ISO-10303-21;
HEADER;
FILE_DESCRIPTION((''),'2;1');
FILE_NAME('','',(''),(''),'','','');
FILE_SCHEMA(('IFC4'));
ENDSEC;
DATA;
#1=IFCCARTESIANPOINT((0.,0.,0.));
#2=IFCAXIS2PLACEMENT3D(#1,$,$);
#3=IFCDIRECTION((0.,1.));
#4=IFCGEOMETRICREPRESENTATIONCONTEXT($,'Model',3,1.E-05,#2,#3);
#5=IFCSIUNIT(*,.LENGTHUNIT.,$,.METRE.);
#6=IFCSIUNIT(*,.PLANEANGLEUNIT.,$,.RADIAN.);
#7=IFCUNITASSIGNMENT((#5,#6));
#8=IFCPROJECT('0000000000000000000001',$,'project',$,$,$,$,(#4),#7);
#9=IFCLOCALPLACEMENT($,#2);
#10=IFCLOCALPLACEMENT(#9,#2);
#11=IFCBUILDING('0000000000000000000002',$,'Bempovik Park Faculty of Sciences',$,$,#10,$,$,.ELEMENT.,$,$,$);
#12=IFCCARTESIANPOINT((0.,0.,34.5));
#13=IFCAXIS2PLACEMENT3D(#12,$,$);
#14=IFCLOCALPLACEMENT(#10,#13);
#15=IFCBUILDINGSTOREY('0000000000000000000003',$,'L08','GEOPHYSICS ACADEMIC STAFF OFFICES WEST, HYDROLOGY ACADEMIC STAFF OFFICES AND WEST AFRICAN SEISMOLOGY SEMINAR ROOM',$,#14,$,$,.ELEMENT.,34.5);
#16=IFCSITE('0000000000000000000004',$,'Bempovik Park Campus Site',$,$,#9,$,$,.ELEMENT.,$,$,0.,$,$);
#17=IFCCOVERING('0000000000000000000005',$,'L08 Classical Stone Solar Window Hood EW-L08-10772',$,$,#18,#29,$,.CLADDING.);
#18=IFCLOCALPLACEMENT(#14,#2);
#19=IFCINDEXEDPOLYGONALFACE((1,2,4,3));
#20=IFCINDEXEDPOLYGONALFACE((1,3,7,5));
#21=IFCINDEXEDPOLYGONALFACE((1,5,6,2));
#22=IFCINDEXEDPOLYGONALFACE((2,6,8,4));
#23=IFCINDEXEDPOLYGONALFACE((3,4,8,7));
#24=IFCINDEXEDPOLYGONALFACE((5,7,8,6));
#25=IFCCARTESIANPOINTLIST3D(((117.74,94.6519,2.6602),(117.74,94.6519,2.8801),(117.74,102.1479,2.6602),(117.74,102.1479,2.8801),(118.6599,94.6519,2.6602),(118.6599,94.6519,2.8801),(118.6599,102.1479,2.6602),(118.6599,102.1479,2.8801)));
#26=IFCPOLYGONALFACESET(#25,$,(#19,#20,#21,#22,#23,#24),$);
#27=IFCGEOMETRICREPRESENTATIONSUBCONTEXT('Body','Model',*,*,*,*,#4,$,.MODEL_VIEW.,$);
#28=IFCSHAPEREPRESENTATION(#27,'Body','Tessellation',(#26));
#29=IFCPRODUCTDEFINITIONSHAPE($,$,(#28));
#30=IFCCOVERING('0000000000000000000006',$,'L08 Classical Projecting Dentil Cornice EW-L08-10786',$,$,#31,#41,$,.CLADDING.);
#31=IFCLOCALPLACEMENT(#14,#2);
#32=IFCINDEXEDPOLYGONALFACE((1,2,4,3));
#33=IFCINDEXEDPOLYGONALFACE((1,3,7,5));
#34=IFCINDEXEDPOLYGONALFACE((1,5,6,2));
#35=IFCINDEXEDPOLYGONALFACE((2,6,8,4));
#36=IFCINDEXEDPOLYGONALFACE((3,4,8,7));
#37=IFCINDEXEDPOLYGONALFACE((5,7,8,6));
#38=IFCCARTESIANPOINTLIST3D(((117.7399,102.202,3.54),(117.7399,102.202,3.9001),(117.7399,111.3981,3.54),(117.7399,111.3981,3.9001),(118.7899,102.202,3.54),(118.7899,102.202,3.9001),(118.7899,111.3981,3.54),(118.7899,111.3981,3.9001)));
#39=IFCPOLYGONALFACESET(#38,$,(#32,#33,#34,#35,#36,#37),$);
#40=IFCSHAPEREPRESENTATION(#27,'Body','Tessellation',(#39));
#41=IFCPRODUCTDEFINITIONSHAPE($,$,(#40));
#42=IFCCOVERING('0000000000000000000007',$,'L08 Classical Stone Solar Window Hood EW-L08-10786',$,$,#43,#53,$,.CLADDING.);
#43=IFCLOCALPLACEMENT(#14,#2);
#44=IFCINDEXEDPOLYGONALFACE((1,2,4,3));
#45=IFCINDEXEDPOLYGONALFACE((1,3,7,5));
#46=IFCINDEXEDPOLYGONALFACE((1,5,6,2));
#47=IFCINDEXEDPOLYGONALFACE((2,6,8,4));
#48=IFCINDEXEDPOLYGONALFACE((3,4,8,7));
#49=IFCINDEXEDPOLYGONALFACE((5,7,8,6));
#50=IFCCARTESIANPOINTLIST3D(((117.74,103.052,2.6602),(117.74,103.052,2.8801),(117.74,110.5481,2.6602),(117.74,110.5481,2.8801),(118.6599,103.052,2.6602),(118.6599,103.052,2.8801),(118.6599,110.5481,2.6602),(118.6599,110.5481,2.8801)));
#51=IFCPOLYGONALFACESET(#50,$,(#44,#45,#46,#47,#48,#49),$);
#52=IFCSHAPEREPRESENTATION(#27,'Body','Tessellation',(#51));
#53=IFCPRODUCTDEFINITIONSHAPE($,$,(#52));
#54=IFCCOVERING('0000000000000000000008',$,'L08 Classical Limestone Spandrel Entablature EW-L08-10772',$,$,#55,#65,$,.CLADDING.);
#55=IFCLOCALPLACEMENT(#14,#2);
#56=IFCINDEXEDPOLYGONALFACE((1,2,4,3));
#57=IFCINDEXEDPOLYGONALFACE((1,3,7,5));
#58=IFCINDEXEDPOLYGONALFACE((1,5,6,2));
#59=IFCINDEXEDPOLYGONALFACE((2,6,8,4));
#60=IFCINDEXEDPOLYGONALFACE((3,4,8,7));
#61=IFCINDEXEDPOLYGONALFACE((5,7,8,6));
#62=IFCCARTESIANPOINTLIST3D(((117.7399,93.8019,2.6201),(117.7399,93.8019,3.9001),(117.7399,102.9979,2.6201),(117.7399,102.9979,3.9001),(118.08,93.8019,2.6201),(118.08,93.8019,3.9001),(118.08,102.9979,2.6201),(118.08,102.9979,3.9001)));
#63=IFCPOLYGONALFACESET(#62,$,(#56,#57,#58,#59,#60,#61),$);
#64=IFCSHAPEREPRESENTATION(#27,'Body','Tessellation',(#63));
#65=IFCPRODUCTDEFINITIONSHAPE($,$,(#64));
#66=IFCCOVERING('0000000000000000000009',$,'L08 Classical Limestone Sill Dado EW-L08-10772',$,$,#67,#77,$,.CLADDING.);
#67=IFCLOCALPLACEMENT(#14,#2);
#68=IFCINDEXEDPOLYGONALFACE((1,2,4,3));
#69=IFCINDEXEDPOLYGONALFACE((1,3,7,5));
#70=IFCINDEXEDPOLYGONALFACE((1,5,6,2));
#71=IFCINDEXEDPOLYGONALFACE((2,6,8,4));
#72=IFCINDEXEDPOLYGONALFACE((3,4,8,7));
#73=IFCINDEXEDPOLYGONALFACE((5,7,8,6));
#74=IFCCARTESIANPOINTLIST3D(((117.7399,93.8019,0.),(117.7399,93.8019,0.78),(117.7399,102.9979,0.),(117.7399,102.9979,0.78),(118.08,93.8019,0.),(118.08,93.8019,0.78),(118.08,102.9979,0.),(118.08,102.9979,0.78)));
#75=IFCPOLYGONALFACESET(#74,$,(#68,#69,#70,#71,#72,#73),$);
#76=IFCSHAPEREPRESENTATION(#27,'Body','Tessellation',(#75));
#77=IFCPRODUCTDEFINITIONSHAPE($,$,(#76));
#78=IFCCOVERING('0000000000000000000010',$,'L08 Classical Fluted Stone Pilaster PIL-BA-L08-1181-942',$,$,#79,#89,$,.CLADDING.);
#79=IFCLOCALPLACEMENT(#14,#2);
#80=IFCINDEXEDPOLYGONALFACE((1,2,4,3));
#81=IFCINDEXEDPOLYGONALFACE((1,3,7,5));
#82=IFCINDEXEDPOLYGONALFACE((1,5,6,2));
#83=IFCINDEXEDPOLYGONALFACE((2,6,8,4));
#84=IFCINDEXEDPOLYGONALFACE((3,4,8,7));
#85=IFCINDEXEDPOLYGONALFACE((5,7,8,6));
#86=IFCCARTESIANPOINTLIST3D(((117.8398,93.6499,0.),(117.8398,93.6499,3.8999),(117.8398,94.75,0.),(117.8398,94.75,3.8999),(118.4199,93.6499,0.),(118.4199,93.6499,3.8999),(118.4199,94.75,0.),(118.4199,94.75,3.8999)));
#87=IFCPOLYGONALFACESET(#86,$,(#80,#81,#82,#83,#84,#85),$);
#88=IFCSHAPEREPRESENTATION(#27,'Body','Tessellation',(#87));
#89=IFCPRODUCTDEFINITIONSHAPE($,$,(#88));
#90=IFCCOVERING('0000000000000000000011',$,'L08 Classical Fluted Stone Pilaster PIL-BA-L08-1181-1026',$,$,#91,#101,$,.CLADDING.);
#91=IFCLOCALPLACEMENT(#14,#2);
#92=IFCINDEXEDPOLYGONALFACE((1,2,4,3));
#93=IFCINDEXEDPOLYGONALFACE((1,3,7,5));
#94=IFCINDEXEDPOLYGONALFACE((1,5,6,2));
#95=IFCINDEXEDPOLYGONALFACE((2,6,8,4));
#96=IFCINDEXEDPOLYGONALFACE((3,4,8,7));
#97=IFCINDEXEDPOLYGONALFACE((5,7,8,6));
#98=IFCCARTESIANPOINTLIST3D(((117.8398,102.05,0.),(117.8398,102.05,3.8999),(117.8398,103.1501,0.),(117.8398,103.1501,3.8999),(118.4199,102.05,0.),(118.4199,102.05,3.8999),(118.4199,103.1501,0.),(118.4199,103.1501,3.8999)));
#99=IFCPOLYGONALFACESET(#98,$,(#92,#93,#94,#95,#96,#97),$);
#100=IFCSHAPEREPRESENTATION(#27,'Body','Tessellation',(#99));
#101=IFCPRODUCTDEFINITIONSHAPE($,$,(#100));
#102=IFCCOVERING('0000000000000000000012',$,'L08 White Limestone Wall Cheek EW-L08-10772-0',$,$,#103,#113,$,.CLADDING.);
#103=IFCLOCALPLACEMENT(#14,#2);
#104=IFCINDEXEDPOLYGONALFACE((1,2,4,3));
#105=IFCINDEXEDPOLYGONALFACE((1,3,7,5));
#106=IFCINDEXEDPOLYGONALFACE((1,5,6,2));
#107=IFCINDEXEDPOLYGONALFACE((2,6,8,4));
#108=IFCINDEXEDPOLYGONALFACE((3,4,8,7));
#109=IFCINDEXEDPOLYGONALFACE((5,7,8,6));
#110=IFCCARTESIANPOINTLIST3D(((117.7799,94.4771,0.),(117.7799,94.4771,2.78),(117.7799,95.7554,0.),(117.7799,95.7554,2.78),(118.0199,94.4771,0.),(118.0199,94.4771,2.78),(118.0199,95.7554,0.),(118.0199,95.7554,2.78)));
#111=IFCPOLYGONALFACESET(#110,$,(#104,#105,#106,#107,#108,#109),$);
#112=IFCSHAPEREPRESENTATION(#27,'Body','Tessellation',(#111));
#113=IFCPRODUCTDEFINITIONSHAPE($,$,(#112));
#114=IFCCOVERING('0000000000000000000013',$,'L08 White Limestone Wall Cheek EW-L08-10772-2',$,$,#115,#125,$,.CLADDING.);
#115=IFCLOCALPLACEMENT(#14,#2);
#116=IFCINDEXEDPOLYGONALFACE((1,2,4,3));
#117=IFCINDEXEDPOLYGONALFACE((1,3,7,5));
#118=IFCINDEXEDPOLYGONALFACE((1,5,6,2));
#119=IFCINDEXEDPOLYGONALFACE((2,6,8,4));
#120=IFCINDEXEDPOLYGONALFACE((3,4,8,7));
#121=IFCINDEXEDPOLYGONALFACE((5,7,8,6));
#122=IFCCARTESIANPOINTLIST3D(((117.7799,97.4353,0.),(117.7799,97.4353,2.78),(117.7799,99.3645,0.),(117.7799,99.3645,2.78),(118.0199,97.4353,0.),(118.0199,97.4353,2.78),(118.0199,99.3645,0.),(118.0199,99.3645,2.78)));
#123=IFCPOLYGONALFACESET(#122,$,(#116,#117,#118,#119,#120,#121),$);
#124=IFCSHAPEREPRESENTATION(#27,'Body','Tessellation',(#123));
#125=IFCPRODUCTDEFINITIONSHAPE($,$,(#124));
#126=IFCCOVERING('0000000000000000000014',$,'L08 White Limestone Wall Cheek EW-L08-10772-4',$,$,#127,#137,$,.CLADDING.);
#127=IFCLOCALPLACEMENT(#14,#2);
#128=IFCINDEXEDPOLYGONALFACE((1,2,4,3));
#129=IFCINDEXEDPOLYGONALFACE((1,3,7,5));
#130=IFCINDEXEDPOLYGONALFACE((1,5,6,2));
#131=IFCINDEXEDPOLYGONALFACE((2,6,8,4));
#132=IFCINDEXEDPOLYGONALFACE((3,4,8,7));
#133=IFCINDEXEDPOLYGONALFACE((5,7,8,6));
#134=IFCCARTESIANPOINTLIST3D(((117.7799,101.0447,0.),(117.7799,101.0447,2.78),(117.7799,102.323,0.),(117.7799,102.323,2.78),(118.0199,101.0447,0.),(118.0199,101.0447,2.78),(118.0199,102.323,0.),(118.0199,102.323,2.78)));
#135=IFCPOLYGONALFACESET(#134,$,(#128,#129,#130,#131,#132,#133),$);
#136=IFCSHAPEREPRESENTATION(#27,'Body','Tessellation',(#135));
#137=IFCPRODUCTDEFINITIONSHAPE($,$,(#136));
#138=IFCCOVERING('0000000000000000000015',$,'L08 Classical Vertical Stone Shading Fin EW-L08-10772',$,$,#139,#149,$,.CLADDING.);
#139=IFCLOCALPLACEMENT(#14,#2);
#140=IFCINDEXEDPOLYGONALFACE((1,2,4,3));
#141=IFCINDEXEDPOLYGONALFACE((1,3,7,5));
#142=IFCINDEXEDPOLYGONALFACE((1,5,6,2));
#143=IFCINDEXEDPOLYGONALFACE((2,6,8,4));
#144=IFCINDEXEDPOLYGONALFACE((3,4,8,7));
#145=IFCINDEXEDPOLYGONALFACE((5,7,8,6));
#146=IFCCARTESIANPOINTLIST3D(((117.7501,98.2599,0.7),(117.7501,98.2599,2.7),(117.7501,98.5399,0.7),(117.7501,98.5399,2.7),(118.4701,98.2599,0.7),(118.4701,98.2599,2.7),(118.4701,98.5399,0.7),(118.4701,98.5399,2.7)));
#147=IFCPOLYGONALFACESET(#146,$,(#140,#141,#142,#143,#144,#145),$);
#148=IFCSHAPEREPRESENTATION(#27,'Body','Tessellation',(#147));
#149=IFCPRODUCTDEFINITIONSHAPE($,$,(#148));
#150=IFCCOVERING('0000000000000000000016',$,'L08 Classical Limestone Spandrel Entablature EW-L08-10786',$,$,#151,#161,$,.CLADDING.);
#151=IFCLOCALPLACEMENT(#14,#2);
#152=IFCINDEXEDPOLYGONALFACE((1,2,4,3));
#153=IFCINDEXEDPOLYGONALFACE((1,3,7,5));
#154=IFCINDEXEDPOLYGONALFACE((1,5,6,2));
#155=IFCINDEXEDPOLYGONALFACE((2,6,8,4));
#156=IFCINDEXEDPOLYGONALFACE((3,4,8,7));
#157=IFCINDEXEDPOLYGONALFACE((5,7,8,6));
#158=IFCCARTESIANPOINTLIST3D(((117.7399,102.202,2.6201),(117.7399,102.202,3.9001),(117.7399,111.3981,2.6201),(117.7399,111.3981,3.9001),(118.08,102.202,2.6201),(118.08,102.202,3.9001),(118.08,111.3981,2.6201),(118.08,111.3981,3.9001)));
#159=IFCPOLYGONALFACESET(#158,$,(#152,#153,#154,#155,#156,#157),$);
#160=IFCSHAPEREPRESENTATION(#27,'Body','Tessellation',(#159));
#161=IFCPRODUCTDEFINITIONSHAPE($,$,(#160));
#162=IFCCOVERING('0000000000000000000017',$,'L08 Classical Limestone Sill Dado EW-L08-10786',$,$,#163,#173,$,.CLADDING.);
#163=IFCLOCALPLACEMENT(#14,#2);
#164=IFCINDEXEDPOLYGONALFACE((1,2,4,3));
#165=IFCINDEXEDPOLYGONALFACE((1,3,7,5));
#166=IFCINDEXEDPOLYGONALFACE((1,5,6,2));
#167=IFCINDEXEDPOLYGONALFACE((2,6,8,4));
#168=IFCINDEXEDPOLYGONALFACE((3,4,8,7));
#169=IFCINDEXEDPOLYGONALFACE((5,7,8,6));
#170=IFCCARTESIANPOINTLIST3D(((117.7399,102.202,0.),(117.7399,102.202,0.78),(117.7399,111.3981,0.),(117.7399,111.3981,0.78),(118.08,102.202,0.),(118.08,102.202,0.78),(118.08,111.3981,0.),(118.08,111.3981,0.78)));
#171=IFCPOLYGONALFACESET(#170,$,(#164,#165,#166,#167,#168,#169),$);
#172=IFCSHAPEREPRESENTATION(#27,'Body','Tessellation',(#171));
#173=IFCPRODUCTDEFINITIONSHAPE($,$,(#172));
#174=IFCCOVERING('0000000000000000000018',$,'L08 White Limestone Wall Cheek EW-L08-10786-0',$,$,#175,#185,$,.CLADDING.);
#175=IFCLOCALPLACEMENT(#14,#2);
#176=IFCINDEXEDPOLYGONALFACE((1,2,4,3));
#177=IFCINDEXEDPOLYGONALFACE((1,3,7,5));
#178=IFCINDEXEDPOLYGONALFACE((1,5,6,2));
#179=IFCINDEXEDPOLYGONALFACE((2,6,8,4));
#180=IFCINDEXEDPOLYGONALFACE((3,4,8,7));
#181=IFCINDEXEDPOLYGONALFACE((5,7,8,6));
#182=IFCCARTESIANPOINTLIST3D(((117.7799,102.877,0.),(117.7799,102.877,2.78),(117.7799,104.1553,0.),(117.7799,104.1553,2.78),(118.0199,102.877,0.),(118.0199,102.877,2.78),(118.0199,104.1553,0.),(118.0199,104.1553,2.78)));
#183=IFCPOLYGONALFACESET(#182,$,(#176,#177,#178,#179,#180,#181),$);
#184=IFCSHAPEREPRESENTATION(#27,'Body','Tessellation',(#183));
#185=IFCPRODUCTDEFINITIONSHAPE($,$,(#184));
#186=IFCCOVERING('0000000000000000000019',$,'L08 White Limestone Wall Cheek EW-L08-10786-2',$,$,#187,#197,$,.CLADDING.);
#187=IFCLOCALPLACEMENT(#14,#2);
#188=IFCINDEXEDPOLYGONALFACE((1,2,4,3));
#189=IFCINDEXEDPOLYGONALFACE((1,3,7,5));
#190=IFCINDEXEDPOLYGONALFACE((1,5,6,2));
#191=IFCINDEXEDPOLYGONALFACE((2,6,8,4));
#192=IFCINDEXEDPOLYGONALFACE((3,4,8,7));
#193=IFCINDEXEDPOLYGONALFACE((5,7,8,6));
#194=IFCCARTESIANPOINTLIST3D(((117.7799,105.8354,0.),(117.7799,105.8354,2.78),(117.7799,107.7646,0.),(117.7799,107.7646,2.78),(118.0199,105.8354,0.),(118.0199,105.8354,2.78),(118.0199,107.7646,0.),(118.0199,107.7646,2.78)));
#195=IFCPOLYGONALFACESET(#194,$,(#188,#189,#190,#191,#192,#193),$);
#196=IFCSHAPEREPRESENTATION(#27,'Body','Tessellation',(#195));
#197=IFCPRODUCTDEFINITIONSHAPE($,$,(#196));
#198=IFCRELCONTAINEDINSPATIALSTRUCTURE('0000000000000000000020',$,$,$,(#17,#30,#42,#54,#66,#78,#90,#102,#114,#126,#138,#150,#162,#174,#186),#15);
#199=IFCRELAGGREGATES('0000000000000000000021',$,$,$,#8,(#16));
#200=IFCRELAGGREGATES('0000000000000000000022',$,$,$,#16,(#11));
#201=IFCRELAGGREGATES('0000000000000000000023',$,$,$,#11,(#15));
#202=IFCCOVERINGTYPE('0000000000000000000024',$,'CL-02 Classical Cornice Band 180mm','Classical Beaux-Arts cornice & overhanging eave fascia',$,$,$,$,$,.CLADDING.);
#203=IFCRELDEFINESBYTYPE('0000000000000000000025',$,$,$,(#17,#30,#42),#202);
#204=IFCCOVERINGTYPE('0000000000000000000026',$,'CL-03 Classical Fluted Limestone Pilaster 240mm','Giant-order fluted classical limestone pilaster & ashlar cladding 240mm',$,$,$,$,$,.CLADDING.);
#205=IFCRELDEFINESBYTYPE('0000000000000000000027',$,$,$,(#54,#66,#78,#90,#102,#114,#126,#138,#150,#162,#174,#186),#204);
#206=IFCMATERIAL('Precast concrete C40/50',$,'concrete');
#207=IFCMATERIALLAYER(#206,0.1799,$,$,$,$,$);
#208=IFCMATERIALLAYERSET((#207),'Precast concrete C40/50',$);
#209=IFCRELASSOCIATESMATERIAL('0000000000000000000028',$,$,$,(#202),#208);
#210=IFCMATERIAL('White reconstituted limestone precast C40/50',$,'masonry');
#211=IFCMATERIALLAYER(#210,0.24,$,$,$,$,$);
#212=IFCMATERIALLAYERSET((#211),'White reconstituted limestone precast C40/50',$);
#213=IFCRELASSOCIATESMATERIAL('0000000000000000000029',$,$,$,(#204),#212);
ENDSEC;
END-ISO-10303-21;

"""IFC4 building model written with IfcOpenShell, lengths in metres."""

from ifc_helpers import new_model, si_unit, direction, frame, origin, origin_2d, place, context, subcontext, project, spatial, rectangle, extrude, material, layer, layer_set, type_object, element, save


model = new_model("IFC4")

# Units and contexts
model_context = context("Model", 3, precision=1e-05, world=origin(), true_north=direction((0.0, 1.0)))
body_context = subcontext(model_context, "Body", "Model", "MODEL_VIEW")
ifc_project = project(units=[si_unit("LENGTHUNIT", "METRE"), si_unit("PLANEANGLEUNIT", "RADIAN")], contexts=[model_context])

# Site, building, storey
site_placement = place(None, origin())
site = spatial("IfcSite", under=ifc_project, at=site_placement, Name="Bempovik Park Campus Site", CompositionType="ELEMENT", RefElevation=0.0)
building_placement = place(site_placement, origin())
building = spatial("IfcBuilding", under=site, at=building_placement, Name="Bempovik Park Faculty of Sciences", CompositionType="ELEMENT")
storey_placement = place(building_placement, frame((0.0, 0.0, 34.5)))
storey = spatial("IfcBuildingStorey", under=building, at=storey_placement, Name="L08", Description="GEOPHYSICS ACADEMIC STAFF OFFICES WEST, HYDROLOGY ACADEMIC STAFF OFFICES AND WEST AFRICAN SEISMOLOGY SEMINAR ROOM", CompositionType="ELEMENT", Elevation=34.5)

# Shared definitions
ifc_material_1 = material(Name="Precast concrete C40/50", Category="concrete")

# Coverings
ifc_layer_1 = layer(ifc_material_1, 0.1799)
ifc_layer_set_1 = layer_set([ifc_layer_1], Name="Precast concrete C40/50")
covering_type_1 = type_object("IfcCoveringType", Name="CL-02 Classical Cornice Band 180mm", Description="Classical Beaux-Arts cornice & overhanging eave fascia", PredefinedType="CLADDING", material=ifc_layer_set_1)
covering_1_placement = place(storey_placement, frame((118.2, 98.3999, 2.6602), z_axis=(0.0, 0.0, 1.0), x_axis=(1.0, 0.0, 0.0)))
element("IfcCovering", 1, at=covering_1_placement, inside=storey, type_object=covering_type_1, Name="L08 Classical Stone Solar Window Hood EW-L08-10772", PredefinedType="CLADDING", context=body_context, shape_type="SweptSolid", body=[
    extrude(rectangle(XDim=0.9199, YDim=7.4961, at=origin_2d()), origin(), (0.0, 0.0, 1.0), 0.22),
])
covering_2_placement = place(storey_placement, frame((118.2649, 106.8, 3.54), z_axis=(0.0, 0.0, 1.0), x_axis=(1.0, 0.0, 0.0)))
element("IfcCovering", 2, at=covering_2_placement, inside=storey, type_object=covering_type_1, Name="L08 Classical Projecting Dentil Cornice EW-L08-10786", PredefinedType="CLADDING", context=body_context, shape_type="SweptSolid", body=[
    extrude(rectangle(XDim=1.05, YDim=9.196, at=origin_2d()), origin(), (0.0, 0.0, 1.0), 0.3601),
])
covering_3_placement = place(storey_placement, frame((118.2, 106.8, 2.6602), z_axis=(0.0, 0.0, 1.0), x_axis=(1.0, 0.0, 0.0)))
element("IfcCovering", 3, at=covering_3_placement, inside=storey, type_object=covering_type_1, Name="L08 Classical Stone Solar Window Hood EW-L08-10786", PredefinedType="CLADDING", context=body_context, shape_type="SweptSolid", body=[
    extrude(rectangle(XDim=0.9199, YDim=7.4961, at=origin_2d()), origin(), (0.0, 0.0, 1.0), 0.22),
])
ifc_material_2 = material(Name="White reconstituted limestone precast C40/50", Category="masonry")
ifc_layer_2 = layer(ifc_material_2, 0.24)
ifc_layer_set_2 = layer_set([ifc_layer_2], Name="White reconstituted limestone precast C40/50")
covering_type_2 = type_object("IfcCoveringType", Name="CL-03 Classical Fluted Limestone Pilaster 240mm", Description="Giant-order fluted classical limestone pilaster & ashlar cladding 240mm", PredefinedType="CLADDING", material=ifc_layer_set_2)
covering_4_placement = place(storey_placement, frame((117.9099, 98.3999, 2.6201), z_axis=(0.0, 0.0, 1.0), x_axis=(1.0, 0.0, 0.0)))
element("IfcCovering", 4, at=covering_4_placement, inside=storey, type_object=covering_type_2, Name="L08 Classical Limestone Spandrel Entablature EW-L08-10772", PredefinedType="CLADDING", context=body_context, shape_type="SweptSolid", body=[
    extrude(rectangle(XDim=0.3401, YDim=9.196, at=origin_2d()), origin(), (0.0, 0.0, 1.0), 1.28),
])
covering_5_placement = place(storey_placement, frame((117.9099, 98.3999, 0.0), z_axis=(0.0, 0.0, 1.0), x_axis=(1.0, 0.0, 0.0)))
element("IfcCovering", 5, at=covering_5_placement, inside=storey, type_object=covering_type_2, Name="L08 Classical Limestone Sill Dado EW-L08-10772", PredefinedType="CLADDING", context=body_context, shape_type="SweptSolid", body=[
    extrude(rectangle(XDim=0.3401, YDim=9.196, at=origin_2d()), origin(), (0.0, 0.0, 1.0), 0.78),
])
for number, where, z_axis, x_axis, name in (
    (6, (118.1299, 94.2, 0.0), (0.0, 0.0, 1.0), (1.0, 0.0, 0.0), "L08 Classical Fluted Stone Pilaster PIL-BA-L08-1181-942"),
    (7, (118.1299, 102.6001, 0.0), (0.0, 0.0, 1.0), (1.0, 0.0, 0.0), "L08 Classical Fluted Stone Pilaster PIL-BA-L08-1181-1026"),
):
    element("IfcCovering", number, at=place(storey_placement, frame(where, z_axis=z_axis, x_axis=x_axis)), inside=storey, type_object=covering_type_2, Name=name, PredefinedType="CLADDING", context=body_context, shape_type="SweptSolid", body=[
        extrude(rectangle(XDim=0.5801, YDim=1.1001, at=origin_2d()), origin(), (0.0, 0.0, 1.0), 3.8999),
    ])
covering_6_placement = place(storey_placement, frame((117.8999, 95.1162, 0.0), z_axis=(0.0, 0.0, 1.0), x_axis=(1.0, 0.0, 0.0)))
element("IfcCovering", 8, at=covering_6_placement, inside=storey, type_object=covering_type_2, Name="L08 White Limestone Wall Cheek EW-L08-10772-0", PredefinedType="CLADDING", context=body_context, shape_type="SweptSolid", body=[
    extrude(rectangle(XDim=0.24, YDim=1.2783, at=origin_2d()), origin(), (0.0, 0.0, 1.0), 2.78),
])
covering_7_placement = place(storey_placement, frame((117.8999, 98.3999, 0.0), z_axis=(0.0, 0.0, 1.0), x_axis=(1.0, 0.0, 0.0)))
element("IfcCovering", 9, at=covering_7_placement, inside=storey, type_object=covering_type_2, Name="L08 White Limestone Wall Cheek EW-L08-10772-2", PredefinedType="CLADDING", context=body_context, shape_type="SweptSolid", body=[
    extrude(rectangle(XDim=0.24, YDim=1.9292, at=origin_2d()), origin(), (0.0, 0.0, 1.0), 2.78),
])
covering_8_placement = place(storey_placement, frame((117.8999, 101.6838, 0.0), z_axis=(0.0, 0.0, 1.0), x_axis=(1.0, 0.0, 0.0)))
element("IfcCovering", 10, at=covering_8_placement, inside=storey, type_object=covering_type_2, Name="L08 White Limestone Wall Cheek EW-L08-10772-4", PredefinedType="CLADDING", context=body_context, shape_type="SweptSolid", body=[
    extrude(rectangle(XDim=0.24, YDim=1.2783, at=origin_2d()), origin(), (0.0, 0.0, 1.0), 2.78),
])
covering_9_placement = place(storey_placement, frame((118.1101, 98.3999, 0.7), z_axis=(0.0, 0.0, 1.0), x_axis=(1.0, 0.0, 0.0)))
element("IfcCovering", 11, at=covering_9_placement, inside=storey, type_object=covering_type_2, Name="L08 Classical Vertical Stone Shading Fin EW-L08-10772", PredefinedType="CLADDING", context=body_context, shape_type="SweptSolid", body=[
    extrude(rectangle(XDim=0.72, YDim=0.28, at=origin_2d()), origin(), (0.0, 0.0, 1.0), 2.0),
])
covering_10_placement = place(storey_placement, frame((117.9099, 106.8, 2.6201), z_axis=(0.0, 0.0, 1.0), x_axis=(1.0, 0.0, 0.0)))
element("IfcCovering", 12, at=covering_10_placement, inside=storey, type_object=covering_type_2, Name="L08 Classical Limestone Spandrel Entablature EW-L08-10786", PredefinedType="CLADDING", context=body_context, shape_type="SweptSolid", body=[
    extrude(rectangle(XDim=0.3401, YDim=9.196, at=origin_2d()), origin(), (0.0, 0.0, 1.0), 1.28),
])
covering_11_placement = place(storey_placement, frame((117.9099, 106.8, 0.0), z_axis=(0.0, 0.0, 1.0), x_axis=(1.0, 0.0, 0.0)))
element("IfcCovering", 13, at=covering_11_placement, inside=storey, type_object=covering_type_2, Name="L08 Classical Limestone Sill Dado EW-L08-10786", PredefinedType="CLADDING", context=body_context, shape_type="SweptSolid", body=[
    extrude(rectangle(XDim=0.3401, YDim=9.196, at=origin_2d()), origin(), (0.0, 0.0, 1.0), 0.78),
])
covering_12_placement = place(storey_placement, frame((117.8999, 103.5161, 0.0), z_axis=(0.0, 0.0, 1.0), x_axis=(1.0, 0.0, 0.0)))
element("IfcCovering", 14, at=covering_12_placement, inside=storey, type_object=covering_type_2, Name="L08 White Limestone Wall Cheek EW-L08-10786-0", PredefinedType="CLADDING", context=body_context, shape_type="SweptSolid", body=[
    extrude(rectangle(XDim=0.24, YDim=1.2783, at=origin_2d()), origin(), (0.0, 0.0, 1.0), 2.78),
])
covering_13_placement = place(storey_placement, frame((117.8999, 106.8, 0.0), z_axis=(0.0, 0.0, 1.0), x_axis=(1.0, 0.0, 0.0)))
element("IfcCovering", 15, at=covering_13_placement, inside=storey, type_object=covering_type_2, Name="L08 White Limestone Wall Cheek EW-L08-10786-2", PredefinedType="CLADDING", context=body_context, shape_type="SweptSolid", body=[
    extrude(rectangle(XDim=0.24, YDim=1.9292, at=origin_2d()), origin(), (0.0, 0.0, 1.0), 2.78),
])

save(model, "model.ifc")
